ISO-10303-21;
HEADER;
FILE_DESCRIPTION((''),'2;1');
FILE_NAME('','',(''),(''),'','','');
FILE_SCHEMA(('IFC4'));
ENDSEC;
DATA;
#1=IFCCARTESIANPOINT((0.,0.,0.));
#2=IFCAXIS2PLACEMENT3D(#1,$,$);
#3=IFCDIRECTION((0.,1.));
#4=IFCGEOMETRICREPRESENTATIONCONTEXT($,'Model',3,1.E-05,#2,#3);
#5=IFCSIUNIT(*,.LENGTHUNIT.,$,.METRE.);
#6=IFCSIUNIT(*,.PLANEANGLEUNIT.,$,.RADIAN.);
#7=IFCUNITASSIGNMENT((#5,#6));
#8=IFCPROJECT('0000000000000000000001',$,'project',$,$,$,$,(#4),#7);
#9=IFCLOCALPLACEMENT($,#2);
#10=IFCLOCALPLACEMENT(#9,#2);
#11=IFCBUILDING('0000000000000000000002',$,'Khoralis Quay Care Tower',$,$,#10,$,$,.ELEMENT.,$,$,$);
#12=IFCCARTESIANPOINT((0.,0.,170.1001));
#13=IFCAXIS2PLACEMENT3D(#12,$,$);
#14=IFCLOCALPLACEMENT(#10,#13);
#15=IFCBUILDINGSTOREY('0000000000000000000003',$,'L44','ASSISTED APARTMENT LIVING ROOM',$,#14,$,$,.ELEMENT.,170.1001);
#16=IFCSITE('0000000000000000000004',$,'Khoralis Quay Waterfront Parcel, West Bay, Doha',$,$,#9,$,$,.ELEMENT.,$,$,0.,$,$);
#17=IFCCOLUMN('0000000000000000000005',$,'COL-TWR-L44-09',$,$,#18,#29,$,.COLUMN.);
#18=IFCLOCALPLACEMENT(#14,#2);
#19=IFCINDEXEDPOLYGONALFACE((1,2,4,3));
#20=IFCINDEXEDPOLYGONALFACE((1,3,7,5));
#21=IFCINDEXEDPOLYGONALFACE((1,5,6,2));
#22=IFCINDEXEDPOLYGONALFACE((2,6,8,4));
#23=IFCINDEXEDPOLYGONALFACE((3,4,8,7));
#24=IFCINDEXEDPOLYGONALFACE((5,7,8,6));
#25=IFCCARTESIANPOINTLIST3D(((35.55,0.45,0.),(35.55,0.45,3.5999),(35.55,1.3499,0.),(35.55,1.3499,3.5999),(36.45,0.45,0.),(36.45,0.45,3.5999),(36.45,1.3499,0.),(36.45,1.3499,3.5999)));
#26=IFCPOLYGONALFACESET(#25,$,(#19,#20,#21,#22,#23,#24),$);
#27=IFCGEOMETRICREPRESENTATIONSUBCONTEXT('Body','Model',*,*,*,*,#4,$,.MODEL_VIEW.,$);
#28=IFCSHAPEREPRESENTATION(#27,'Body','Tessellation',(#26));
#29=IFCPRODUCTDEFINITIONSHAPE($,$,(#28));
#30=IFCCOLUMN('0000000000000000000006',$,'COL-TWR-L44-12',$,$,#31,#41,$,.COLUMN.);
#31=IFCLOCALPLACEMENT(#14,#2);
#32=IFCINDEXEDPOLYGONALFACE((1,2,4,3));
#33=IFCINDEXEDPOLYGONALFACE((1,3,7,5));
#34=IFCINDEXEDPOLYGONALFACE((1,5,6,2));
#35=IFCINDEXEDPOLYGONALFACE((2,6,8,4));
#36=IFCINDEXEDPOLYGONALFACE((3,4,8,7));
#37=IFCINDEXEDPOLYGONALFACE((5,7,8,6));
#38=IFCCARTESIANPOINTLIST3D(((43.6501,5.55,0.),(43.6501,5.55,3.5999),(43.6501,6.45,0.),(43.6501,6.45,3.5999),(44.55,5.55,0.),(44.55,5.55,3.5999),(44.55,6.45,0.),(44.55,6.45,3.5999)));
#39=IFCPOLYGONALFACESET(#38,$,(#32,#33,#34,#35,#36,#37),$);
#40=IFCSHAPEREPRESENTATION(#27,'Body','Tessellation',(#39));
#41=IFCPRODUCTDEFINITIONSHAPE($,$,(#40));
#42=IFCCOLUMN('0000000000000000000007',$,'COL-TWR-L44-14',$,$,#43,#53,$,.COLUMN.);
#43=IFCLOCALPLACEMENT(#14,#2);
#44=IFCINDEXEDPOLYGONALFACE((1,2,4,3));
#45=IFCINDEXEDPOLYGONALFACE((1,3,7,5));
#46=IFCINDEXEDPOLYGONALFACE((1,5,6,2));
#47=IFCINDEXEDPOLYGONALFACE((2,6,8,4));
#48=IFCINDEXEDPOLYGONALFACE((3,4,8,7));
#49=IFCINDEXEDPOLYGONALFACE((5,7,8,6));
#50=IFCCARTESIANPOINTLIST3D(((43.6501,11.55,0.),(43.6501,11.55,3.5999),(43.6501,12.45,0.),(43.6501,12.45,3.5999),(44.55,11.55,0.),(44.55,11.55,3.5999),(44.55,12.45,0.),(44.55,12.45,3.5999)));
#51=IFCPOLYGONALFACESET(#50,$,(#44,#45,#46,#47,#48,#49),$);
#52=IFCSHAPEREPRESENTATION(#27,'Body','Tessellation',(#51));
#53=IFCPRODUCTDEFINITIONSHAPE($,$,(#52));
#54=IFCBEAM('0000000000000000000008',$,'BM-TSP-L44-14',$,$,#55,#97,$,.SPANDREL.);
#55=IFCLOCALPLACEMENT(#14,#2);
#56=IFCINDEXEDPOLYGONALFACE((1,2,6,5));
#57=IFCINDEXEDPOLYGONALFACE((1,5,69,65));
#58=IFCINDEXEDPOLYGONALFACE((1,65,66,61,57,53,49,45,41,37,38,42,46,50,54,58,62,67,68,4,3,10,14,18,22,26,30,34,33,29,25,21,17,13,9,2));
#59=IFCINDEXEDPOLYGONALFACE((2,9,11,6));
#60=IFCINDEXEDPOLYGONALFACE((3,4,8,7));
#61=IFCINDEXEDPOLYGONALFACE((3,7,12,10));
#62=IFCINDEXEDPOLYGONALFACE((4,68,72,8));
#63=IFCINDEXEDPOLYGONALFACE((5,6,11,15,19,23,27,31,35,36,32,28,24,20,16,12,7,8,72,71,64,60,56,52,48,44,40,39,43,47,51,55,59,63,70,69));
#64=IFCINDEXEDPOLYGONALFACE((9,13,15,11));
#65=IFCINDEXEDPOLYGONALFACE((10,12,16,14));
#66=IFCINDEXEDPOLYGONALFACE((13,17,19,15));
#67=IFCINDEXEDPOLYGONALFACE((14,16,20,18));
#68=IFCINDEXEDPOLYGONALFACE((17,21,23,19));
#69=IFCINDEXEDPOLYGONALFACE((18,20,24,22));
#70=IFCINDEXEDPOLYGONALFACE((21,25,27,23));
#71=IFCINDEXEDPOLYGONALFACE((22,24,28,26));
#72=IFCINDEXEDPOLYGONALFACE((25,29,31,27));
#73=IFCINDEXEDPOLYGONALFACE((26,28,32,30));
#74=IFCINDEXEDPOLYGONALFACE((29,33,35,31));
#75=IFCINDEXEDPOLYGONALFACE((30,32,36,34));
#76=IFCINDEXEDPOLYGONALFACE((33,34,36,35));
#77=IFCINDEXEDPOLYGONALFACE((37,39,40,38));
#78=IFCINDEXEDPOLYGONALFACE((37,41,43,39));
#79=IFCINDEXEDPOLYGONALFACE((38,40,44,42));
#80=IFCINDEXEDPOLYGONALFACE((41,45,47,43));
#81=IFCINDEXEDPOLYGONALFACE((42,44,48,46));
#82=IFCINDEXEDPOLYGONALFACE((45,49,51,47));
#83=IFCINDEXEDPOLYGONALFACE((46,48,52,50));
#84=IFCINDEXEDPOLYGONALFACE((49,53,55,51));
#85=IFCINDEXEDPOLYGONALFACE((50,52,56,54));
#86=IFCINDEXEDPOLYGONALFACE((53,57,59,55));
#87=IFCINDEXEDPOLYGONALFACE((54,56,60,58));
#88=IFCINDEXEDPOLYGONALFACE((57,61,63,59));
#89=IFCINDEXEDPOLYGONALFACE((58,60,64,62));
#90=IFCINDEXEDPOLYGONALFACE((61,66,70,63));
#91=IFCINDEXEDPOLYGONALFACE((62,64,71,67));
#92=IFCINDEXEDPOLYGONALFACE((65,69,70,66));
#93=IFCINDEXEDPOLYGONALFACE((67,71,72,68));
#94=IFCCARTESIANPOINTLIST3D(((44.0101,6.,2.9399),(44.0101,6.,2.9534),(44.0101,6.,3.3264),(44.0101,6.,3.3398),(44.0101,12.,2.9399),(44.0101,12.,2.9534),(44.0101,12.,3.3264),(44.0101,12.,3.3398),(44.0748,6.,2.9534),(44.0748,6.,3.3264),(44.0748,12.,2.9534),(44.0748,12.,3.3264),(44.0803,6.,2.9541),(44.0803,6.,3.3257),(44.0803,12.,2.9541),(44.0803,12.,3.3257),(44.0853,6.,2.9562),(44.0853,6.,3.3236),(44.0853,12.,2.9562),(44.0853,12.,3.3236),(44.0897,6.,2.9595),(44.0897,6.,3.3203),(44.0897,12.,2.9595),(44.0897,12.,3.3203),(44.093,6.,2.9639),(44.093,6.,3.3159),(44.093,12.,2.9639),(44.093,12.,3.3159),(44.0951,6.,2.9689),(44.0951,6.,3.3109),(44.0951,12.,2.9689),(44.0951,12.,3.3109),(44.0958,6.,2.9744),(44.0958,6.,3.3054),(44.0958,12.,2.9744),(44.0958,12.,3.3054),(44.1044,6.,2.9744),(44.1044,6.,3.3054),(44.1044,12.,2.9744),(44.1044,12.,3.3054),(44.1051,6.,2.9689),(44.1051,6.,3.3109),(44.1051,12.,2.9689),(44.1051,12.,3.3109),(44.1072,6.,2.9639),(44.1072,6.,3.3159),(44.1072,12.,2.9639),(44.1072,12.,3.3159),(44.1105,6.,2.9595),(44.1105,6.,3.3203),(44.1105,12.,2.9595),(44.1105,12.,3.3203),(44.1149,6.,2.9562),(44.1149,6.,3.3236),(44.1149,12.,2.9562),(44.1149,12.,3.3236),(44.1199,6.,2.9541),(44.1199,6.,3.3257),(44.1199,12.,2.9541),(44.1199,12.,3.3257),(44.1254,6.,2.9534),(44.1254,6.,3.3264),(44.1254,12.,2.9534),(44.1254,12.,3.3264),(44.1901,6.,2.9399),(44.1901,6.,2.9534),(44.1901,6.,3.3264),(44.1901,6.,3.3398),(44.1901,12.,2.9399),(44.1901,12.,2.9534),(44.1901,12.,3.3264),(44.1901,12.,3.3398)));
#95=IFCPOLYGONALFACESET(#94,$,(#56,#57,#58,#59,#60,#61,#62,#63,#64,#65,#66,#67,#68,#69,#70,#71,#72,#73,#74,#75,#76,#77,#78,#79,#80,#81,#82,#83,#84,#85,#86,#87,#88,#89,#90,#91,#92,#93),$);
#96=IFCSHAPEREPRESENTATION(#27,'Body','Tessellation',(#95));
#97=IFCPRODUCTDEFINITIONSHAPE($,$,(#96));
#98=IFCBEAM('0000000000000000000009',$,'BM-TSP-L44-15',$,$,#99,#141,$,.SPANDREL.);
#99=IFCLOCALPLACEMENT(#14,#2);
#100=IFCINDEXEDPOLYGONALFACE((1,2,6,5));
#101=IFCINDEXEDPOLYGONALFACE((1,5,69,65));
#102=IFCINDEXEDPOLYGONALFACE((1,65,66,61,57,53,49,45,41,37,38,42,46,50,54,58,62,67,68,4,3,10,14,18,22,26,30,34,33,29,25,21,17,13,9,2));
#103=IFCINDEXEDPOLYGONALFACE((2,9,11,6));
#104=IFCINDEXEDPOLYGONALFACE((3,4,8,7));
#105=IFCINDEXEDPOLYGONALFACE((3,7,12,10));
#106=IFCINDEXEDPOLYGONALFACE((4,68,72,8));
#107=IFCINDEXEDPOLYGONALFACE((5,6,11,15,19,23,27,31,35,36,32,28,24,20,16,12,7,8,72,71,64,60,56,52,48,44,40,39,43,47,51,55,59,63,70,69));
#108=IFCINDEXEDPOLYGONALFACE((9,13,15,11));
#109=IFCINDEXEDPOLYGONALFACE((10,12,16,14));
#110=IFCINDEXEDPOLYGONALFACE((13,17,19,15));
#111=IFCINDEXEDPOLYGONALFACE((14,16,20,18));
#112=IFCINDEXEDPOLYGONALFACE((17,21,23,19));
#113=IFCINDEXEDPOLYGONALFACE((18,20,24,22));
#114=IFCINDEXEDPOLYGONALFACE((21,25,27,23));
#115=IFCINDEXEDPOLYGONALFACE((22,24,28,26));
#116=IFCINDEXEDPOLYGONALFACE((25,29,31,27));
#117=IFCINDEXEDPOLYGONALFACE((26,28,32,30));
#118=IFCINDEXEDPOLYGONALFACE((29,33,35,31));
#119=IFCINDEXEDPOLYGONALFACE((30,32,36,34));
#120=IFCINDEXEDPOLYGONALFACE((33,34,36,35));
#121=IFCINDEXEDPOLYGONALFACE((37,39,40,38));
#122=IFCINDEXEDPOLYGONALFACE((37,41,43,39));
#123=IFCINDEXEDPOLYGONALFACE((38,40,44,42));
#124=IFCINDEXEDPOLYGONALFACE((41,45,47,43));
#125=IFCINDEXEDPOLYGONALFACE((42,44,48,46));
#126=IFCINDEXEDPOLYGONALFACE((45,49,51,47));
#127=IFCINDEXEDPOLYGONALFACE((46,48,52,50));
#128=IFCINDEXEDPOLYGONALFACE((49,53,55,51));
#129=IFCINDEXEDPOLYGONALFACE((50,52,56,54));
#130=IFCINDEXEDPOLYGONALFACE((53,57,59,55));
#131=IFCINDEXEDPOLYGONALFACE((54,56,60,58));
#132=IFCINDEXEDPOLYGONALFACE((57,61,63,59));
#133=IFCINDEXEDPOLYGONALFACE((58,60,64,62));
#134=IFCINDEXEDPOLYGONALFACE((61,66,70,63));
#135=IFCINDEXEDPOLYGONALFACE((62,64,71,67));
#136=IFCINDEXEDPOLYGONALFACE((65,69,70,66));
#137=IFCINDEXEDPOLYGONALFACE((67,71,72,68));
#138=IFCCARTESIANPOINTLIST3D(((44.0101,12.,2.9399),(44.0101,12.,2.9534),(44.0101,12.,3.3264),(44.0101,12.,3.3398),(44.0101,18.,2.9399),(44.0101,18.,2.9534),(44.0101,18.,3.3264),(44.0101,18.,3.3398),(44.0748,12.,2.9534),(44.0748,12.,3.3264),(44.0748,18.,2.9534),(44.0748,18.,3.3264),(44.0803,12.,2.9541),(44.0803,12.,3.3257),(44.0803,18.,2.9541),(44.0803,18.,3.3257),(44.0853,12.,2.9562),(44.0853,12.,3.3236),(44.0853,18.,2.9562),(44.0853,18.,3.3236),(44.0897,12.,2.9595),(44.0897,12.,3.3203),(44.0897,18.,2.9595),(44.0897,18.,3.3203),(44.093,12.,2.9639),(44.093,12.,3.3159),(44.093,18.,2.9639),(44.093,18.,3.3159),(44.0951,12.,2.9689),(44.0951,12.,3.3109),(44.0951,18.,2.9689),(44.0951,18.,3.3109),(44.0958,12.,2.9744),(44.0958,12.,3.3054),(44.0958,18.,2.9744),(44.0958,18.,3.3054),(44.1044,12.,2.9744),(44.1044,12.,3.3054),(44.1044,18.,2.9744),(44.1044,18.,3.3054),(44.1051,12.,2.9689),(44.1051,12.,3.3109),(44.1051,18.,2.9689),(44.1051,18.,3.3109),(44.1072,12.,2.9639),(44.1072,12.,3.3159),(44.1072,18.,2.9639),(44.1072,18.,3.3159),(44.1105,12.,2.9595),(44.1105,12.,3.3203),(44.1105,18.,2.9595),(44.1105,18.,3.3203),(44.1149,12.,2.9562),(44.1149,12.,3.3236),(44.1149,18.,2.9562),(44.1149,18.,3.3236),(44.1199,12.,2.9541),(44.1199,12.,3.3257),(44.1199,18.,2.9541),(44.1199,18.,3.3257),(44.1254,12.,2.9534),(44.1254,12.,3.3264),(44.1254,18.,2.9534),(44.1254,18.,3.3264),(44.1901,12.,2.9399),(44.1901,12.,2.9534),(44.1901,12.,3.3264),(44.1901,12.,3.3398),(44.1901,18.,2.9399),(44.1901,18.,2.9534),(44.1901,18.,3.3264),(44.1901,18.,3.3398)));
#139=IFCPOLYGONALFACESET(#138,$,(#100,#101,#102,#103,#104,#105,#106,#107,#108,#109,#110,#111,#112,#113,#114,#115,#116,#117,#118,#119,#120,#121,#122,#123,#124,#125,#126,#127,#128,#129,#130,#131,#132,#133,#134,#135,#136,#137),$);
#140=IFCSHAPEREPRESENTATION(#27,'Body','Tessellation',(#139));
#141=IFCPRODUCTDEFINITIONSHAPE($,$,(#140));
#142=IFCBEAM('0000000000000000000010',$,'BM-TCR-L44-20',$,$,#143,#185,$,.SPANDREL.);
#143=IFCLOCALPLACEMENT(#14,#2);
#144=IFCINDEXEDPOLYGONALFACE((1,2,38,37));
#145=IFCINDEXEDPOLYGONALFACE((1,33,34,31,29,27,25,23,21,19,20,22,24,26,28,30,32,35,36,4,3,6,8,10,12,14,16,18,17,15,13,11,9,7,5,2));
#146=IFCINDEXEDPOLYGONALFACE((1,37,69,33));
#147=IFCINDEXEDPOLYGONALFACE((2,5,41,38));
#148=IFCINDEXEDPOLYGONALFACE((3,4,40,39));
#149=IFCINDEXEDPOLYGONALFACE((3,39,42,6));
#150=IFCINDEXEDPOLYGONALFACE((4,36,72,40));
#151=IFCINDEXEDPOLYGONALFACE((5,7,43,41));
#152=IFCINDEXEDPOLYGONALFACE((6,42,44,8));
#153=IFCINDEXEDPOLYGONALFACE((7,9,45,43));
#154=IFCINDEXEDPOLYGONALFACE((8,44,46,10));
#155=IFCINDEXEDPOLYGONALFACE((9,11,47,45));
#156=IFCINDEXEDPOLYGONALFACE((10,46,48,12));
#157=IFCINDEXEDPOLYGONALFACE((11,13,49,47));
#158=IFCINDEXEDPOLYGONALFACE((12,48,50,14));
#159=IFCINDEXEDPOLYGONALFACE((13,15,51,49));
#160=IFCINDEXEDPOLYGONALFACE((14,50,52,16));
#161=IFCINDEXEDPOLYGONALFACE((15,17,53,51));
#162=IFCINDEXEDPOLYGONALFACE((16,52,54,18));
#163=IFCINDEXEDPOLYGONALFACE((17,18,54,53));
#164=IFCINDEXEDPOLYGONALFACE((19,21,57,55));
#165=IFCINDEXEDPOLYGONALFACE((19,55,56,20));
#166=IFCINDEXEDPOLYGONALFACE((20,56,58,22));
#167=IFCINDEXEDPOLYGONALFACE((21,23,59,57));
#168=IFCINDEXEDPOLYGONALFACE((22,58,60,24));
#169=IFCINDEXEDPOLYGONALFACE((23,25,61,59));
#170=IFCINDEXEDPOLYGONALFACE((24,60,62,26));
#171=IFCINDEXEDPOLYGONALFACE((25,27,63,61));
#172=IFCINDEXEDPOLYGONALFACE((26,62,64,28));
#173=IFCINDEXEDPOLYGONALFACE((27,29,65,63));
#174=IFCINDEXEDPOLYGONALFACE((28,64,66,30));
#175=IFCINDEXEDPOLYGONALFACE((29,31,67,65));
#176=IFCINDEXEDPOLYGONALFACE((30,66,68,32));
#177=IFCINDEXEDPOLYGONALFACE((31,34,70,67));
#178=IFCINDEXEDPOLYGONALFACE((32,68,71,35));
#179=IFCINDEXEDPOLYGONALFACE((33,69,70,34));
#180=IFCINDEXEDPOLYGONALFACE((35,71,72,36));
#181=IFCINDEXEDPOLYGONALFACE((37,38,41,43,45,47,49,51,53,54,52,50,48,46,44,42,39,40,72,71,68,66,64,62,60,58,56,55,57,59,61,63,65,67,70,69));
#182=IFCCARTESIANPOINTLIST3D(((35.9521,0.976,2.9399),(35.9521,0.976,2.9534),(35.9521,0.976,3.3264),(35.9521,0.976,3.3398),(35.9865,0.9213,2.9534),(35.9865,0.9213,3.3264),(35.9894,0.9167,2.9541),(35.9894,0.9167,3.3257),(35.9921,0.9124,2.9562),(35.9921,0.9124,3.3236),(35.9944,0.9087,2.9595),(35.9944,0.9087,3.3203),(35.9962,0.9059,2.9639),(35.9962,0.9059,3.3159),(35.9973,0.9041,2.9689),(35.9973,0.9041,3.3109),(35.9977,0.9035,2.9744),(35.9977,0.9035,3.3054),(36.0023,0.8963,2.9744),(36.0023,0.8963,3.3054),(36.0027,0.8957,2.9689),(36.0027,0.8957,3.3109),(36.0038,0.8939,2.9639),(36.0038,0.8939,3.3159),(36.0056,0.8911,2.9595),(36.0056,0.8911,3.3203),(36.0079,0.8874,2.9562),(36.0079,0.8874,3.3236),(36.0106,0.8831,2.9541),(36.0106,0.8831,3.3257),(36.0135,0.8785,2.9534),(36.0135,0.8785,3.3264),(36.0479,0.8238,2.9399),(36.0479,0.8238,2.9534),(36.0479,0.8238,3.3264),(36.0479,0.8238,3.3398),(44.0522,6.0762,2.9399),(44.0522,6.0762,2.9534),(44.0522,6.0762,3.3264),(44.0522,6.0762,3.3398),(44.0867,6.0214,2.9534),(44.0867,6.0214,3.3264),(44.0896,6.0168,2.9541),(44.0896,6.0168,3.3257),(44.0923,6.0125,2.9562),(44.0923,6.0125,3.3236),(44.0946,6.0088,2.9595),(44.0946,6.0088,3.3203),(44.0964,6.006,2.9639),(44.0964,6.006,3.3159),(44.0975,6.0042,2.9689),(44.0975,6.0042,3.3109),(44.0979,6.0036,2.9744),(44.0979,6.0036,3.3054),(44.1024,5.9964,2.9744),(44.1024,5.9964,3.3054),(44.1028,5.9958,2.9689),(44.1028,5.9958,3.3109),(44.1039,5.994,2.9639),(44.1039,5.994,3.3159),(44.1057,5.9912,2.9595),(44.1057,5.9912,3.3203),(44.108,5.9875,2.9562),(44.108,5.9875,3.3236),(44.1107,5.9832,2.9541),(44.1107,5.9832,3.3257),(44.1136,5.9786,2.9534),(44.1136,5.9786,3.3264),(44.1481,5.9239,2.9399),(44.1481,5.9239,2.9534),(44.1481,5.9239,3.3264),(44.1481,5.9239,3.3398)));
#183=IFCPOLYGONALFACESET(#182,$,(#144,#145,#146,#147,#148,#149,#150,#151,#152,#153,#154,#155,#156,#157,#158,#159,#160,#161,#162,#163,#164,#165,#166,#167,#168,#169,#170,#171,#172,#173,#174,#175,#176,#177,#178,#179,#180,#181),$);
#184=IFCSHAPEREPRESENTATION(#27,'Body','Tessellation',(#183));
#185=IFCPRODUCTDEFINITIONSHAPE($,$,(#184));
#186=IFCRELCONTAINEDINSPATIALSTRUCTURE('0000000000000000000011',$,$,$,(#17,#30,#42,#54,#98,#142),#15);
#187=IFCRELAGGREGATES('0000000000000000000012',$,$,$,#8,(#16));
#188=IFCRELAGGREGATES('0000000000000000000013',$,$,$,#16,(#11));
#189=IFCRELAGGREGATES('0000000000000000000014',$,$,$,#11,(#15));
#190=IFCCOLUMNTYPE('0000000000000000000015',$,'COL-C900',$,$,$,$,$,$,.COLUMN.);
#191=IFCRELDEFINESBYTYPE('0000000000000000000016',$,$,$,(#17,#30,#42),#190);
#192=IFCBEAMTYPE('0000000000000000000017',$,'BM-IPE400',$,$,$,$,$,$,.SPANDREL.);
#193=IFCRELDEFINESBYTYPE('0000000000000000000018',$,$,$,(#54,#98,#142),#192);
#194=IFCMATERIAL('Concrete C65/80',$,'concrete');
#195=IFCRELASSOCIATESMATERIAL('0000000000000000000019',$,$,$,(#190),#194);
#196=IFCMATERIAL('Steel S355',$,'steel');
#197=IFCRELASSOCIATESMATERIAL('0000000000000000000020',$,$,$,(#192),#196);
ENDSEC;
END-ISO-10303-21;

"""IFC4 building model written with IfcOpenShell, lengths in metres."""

from ifc_helpers import new_model, si_unit, direction, frame, origin, origin_2d, place, context, subcontext, project, spatial, rectangle, i_section, extrude, source, transform, mapped, material, material_profile, profile_set, type_object, element, save


model = new_model("IFC4")

# Units and contexts
model_context = context("Model", 3, precision=1e-05, world=origin(), true_north=direction((0.0, 1.0)))
body_context = subcontext(model_context, "Body", "Model", "MODEL_VIEW")
ifc_project = project(units=[si_unit("LENGTHUNIT", "METRE"), si_unit("PLANEANGLEUNIT", "RADIAN")], contexts=[model_context])

# Site, building, storey
site_placement = place(None, origin())
site = spatial("IfcSite", under=ifc_project, at=site_placement, Name="Khoralis Quay Waterfront Parcel, West Bay, Doha", CompositionType="ELEMENT", RefElevation=0.0)
building_placement = place(site_placement, origin())
building = spatial("IfcBuilding", under=site, at=building_placement, Name="Khoralis Quay Care Tower", CompositionType="ELEMENT")
storey_placement = place(building_placement, frame((0.0, 0.0, 170.1001)))
storey = spatial("IfcBuildingStorey", under=building, at=storey_placement, Name="L44", Description="ASSISTED APARTMENT LIVING ROOM", CompositionType="ELEMENT", Elevation=170.1001)

# Columns
ifc_material_1 = material(Name="Concrete C65/80", Category="concrete")
ifc_material_profile_1 = material_profile(ifc_material_1, rectangle(XDim=0.8999, YDim=0.8999, at=origin_2d()), Name="Concrete C65/80")
ifc_profile_set_1 = profile_set([ifc_material_profile_1], Name="Concrete C65/80")
column_type = type_object("IfcColumnType", Name="COL-C900", PredefinedType="COLUMN", material=ifc_profile_set_1)
shared_shape_1 = source(origin(), body_context, "Body", "SweptSolid", [
    extrude(rectangle(XDim=0.8999, YDim=0.8999, at=origin_2d()), origin(), (0.0, 0.0, 1.0), 3.5999),
])
for number, where, z_axis, x_axis, name in (
    (1, (36.0, 0.8999, 0.0), (0.0, 0.0, 1.0), (1.0, 0.0, 0.0), "COL-TWR-L44-09"),
    (2, (44.1001, 6.0, 0.0), (0.0, 0.0, 1.0), (1.0, 0.0, 0.0), "COL-TWR-L44-12"),
    (3, (44.1001, 12.0, 0.0), (0.0, 0.0, 1.0), (1.0, 0.0, 0.0), "COL-TWR-L44-14"),
):
    element("IfcColumn", number, at=place(storey_placement, frame(where, z_axis=z_axis, x_axis=x_axis)), inside=storey, type_object=column_type, Name=name, PredefinedType="COLUMN", context=body_context, shape_type="MappedRepresentation", body=[
        mapped(shared_shape_1, transform((0.0, 0.0, 0.0), scale=1.0)),
    ])

# Beams
ifc_material_2 = material(Name="Steel S355", Category="steel")
ifc_material_profile_2 = material_profile(ifc_material_2, i_section(OverallWidth=0.1799, OverallDepth=0.3999, WebThickness=0.0085, FlangeThickness=0.0134, FilletRadius=0.021, at=origin_2d()), Name="Steel S355")
ifc_profile_set_2 = profile_set([ifc_material_profile_2], Name="Steel S355")
beam_type_1 = type_object("IfcBeamType", Name="BM-IPE400", PredefinedType="SPANDREL", material=ifc_profile_set_2)
shared_shape_2 = source(origin(), body_context, "Body", "SweptSolid", [
    extrude(i_section(OverallWidth=0.1799, OverallDepth=0.3999, WebThickness=0.0085, FlangeThickness=0.0134, FilletRadius=0.021, at=origin_2d()), origin(), (0.0, 0.0, 1.0), 6.0),
])
for number, where, z_axis, x_axis, name in (
    (4, (44.1001, 6.0, 3.1399), (0.0, 1.0, 0.0), (-1.0, 0.0, 0.0), "BM-TSP-L44-14"),
    (5, (44.1001, 12.0, 3.1399), (0.0, 1.0, 0.0), (-1.0, 0.0, 0.0), "BM-TSP-L44-15"),
):
    element("IfcBeam", number, at=place(storey_placement, frame(where, z_axis=z_axis, x_axis=x_axis)), inside=storey, type_object=beam_type_1, Name=name, PredefinedType="SPANDREL", context=body_context, shape_type="MappedRepresentation", body=[
        mapped(shared_shape_2, transform((0.0, 0.0, 0.0), scale=1.0)),
    ])
shared_shape_3 = source(origin(), body_context, "Body", "SweptSolid", [
    extrude(i_section(OverallWidth=0.1799, OverallDepth=0.3999, WebThickness=0.0085, FlangeThickness=0.0134, FilletRadius=0.021, at=origin_2d()), origin(), (0.0, 0.0, 1.0), 9.572),
])
beam_1_placement = place(storey_placement, frame((36.0, 0.8999, 3.1399), z_axis=(0.846231, 0.532816, 0.0), x_axis=(-0.532816, 0.846231, 0.0)))
element("IfcBeam", 6, at=beam_1_placement, inside=storey, type_object=beam_type_1, Name="BM-TCR-L44-20", PredefinedType="SPANDREL", context=body_context, shape_type="MappedRepresentation", body=[
    mapped(shared_shape_3, transform((0.0, 0.0, 0.0), scale=1.0)),
])

save(model, "model.ifc")
